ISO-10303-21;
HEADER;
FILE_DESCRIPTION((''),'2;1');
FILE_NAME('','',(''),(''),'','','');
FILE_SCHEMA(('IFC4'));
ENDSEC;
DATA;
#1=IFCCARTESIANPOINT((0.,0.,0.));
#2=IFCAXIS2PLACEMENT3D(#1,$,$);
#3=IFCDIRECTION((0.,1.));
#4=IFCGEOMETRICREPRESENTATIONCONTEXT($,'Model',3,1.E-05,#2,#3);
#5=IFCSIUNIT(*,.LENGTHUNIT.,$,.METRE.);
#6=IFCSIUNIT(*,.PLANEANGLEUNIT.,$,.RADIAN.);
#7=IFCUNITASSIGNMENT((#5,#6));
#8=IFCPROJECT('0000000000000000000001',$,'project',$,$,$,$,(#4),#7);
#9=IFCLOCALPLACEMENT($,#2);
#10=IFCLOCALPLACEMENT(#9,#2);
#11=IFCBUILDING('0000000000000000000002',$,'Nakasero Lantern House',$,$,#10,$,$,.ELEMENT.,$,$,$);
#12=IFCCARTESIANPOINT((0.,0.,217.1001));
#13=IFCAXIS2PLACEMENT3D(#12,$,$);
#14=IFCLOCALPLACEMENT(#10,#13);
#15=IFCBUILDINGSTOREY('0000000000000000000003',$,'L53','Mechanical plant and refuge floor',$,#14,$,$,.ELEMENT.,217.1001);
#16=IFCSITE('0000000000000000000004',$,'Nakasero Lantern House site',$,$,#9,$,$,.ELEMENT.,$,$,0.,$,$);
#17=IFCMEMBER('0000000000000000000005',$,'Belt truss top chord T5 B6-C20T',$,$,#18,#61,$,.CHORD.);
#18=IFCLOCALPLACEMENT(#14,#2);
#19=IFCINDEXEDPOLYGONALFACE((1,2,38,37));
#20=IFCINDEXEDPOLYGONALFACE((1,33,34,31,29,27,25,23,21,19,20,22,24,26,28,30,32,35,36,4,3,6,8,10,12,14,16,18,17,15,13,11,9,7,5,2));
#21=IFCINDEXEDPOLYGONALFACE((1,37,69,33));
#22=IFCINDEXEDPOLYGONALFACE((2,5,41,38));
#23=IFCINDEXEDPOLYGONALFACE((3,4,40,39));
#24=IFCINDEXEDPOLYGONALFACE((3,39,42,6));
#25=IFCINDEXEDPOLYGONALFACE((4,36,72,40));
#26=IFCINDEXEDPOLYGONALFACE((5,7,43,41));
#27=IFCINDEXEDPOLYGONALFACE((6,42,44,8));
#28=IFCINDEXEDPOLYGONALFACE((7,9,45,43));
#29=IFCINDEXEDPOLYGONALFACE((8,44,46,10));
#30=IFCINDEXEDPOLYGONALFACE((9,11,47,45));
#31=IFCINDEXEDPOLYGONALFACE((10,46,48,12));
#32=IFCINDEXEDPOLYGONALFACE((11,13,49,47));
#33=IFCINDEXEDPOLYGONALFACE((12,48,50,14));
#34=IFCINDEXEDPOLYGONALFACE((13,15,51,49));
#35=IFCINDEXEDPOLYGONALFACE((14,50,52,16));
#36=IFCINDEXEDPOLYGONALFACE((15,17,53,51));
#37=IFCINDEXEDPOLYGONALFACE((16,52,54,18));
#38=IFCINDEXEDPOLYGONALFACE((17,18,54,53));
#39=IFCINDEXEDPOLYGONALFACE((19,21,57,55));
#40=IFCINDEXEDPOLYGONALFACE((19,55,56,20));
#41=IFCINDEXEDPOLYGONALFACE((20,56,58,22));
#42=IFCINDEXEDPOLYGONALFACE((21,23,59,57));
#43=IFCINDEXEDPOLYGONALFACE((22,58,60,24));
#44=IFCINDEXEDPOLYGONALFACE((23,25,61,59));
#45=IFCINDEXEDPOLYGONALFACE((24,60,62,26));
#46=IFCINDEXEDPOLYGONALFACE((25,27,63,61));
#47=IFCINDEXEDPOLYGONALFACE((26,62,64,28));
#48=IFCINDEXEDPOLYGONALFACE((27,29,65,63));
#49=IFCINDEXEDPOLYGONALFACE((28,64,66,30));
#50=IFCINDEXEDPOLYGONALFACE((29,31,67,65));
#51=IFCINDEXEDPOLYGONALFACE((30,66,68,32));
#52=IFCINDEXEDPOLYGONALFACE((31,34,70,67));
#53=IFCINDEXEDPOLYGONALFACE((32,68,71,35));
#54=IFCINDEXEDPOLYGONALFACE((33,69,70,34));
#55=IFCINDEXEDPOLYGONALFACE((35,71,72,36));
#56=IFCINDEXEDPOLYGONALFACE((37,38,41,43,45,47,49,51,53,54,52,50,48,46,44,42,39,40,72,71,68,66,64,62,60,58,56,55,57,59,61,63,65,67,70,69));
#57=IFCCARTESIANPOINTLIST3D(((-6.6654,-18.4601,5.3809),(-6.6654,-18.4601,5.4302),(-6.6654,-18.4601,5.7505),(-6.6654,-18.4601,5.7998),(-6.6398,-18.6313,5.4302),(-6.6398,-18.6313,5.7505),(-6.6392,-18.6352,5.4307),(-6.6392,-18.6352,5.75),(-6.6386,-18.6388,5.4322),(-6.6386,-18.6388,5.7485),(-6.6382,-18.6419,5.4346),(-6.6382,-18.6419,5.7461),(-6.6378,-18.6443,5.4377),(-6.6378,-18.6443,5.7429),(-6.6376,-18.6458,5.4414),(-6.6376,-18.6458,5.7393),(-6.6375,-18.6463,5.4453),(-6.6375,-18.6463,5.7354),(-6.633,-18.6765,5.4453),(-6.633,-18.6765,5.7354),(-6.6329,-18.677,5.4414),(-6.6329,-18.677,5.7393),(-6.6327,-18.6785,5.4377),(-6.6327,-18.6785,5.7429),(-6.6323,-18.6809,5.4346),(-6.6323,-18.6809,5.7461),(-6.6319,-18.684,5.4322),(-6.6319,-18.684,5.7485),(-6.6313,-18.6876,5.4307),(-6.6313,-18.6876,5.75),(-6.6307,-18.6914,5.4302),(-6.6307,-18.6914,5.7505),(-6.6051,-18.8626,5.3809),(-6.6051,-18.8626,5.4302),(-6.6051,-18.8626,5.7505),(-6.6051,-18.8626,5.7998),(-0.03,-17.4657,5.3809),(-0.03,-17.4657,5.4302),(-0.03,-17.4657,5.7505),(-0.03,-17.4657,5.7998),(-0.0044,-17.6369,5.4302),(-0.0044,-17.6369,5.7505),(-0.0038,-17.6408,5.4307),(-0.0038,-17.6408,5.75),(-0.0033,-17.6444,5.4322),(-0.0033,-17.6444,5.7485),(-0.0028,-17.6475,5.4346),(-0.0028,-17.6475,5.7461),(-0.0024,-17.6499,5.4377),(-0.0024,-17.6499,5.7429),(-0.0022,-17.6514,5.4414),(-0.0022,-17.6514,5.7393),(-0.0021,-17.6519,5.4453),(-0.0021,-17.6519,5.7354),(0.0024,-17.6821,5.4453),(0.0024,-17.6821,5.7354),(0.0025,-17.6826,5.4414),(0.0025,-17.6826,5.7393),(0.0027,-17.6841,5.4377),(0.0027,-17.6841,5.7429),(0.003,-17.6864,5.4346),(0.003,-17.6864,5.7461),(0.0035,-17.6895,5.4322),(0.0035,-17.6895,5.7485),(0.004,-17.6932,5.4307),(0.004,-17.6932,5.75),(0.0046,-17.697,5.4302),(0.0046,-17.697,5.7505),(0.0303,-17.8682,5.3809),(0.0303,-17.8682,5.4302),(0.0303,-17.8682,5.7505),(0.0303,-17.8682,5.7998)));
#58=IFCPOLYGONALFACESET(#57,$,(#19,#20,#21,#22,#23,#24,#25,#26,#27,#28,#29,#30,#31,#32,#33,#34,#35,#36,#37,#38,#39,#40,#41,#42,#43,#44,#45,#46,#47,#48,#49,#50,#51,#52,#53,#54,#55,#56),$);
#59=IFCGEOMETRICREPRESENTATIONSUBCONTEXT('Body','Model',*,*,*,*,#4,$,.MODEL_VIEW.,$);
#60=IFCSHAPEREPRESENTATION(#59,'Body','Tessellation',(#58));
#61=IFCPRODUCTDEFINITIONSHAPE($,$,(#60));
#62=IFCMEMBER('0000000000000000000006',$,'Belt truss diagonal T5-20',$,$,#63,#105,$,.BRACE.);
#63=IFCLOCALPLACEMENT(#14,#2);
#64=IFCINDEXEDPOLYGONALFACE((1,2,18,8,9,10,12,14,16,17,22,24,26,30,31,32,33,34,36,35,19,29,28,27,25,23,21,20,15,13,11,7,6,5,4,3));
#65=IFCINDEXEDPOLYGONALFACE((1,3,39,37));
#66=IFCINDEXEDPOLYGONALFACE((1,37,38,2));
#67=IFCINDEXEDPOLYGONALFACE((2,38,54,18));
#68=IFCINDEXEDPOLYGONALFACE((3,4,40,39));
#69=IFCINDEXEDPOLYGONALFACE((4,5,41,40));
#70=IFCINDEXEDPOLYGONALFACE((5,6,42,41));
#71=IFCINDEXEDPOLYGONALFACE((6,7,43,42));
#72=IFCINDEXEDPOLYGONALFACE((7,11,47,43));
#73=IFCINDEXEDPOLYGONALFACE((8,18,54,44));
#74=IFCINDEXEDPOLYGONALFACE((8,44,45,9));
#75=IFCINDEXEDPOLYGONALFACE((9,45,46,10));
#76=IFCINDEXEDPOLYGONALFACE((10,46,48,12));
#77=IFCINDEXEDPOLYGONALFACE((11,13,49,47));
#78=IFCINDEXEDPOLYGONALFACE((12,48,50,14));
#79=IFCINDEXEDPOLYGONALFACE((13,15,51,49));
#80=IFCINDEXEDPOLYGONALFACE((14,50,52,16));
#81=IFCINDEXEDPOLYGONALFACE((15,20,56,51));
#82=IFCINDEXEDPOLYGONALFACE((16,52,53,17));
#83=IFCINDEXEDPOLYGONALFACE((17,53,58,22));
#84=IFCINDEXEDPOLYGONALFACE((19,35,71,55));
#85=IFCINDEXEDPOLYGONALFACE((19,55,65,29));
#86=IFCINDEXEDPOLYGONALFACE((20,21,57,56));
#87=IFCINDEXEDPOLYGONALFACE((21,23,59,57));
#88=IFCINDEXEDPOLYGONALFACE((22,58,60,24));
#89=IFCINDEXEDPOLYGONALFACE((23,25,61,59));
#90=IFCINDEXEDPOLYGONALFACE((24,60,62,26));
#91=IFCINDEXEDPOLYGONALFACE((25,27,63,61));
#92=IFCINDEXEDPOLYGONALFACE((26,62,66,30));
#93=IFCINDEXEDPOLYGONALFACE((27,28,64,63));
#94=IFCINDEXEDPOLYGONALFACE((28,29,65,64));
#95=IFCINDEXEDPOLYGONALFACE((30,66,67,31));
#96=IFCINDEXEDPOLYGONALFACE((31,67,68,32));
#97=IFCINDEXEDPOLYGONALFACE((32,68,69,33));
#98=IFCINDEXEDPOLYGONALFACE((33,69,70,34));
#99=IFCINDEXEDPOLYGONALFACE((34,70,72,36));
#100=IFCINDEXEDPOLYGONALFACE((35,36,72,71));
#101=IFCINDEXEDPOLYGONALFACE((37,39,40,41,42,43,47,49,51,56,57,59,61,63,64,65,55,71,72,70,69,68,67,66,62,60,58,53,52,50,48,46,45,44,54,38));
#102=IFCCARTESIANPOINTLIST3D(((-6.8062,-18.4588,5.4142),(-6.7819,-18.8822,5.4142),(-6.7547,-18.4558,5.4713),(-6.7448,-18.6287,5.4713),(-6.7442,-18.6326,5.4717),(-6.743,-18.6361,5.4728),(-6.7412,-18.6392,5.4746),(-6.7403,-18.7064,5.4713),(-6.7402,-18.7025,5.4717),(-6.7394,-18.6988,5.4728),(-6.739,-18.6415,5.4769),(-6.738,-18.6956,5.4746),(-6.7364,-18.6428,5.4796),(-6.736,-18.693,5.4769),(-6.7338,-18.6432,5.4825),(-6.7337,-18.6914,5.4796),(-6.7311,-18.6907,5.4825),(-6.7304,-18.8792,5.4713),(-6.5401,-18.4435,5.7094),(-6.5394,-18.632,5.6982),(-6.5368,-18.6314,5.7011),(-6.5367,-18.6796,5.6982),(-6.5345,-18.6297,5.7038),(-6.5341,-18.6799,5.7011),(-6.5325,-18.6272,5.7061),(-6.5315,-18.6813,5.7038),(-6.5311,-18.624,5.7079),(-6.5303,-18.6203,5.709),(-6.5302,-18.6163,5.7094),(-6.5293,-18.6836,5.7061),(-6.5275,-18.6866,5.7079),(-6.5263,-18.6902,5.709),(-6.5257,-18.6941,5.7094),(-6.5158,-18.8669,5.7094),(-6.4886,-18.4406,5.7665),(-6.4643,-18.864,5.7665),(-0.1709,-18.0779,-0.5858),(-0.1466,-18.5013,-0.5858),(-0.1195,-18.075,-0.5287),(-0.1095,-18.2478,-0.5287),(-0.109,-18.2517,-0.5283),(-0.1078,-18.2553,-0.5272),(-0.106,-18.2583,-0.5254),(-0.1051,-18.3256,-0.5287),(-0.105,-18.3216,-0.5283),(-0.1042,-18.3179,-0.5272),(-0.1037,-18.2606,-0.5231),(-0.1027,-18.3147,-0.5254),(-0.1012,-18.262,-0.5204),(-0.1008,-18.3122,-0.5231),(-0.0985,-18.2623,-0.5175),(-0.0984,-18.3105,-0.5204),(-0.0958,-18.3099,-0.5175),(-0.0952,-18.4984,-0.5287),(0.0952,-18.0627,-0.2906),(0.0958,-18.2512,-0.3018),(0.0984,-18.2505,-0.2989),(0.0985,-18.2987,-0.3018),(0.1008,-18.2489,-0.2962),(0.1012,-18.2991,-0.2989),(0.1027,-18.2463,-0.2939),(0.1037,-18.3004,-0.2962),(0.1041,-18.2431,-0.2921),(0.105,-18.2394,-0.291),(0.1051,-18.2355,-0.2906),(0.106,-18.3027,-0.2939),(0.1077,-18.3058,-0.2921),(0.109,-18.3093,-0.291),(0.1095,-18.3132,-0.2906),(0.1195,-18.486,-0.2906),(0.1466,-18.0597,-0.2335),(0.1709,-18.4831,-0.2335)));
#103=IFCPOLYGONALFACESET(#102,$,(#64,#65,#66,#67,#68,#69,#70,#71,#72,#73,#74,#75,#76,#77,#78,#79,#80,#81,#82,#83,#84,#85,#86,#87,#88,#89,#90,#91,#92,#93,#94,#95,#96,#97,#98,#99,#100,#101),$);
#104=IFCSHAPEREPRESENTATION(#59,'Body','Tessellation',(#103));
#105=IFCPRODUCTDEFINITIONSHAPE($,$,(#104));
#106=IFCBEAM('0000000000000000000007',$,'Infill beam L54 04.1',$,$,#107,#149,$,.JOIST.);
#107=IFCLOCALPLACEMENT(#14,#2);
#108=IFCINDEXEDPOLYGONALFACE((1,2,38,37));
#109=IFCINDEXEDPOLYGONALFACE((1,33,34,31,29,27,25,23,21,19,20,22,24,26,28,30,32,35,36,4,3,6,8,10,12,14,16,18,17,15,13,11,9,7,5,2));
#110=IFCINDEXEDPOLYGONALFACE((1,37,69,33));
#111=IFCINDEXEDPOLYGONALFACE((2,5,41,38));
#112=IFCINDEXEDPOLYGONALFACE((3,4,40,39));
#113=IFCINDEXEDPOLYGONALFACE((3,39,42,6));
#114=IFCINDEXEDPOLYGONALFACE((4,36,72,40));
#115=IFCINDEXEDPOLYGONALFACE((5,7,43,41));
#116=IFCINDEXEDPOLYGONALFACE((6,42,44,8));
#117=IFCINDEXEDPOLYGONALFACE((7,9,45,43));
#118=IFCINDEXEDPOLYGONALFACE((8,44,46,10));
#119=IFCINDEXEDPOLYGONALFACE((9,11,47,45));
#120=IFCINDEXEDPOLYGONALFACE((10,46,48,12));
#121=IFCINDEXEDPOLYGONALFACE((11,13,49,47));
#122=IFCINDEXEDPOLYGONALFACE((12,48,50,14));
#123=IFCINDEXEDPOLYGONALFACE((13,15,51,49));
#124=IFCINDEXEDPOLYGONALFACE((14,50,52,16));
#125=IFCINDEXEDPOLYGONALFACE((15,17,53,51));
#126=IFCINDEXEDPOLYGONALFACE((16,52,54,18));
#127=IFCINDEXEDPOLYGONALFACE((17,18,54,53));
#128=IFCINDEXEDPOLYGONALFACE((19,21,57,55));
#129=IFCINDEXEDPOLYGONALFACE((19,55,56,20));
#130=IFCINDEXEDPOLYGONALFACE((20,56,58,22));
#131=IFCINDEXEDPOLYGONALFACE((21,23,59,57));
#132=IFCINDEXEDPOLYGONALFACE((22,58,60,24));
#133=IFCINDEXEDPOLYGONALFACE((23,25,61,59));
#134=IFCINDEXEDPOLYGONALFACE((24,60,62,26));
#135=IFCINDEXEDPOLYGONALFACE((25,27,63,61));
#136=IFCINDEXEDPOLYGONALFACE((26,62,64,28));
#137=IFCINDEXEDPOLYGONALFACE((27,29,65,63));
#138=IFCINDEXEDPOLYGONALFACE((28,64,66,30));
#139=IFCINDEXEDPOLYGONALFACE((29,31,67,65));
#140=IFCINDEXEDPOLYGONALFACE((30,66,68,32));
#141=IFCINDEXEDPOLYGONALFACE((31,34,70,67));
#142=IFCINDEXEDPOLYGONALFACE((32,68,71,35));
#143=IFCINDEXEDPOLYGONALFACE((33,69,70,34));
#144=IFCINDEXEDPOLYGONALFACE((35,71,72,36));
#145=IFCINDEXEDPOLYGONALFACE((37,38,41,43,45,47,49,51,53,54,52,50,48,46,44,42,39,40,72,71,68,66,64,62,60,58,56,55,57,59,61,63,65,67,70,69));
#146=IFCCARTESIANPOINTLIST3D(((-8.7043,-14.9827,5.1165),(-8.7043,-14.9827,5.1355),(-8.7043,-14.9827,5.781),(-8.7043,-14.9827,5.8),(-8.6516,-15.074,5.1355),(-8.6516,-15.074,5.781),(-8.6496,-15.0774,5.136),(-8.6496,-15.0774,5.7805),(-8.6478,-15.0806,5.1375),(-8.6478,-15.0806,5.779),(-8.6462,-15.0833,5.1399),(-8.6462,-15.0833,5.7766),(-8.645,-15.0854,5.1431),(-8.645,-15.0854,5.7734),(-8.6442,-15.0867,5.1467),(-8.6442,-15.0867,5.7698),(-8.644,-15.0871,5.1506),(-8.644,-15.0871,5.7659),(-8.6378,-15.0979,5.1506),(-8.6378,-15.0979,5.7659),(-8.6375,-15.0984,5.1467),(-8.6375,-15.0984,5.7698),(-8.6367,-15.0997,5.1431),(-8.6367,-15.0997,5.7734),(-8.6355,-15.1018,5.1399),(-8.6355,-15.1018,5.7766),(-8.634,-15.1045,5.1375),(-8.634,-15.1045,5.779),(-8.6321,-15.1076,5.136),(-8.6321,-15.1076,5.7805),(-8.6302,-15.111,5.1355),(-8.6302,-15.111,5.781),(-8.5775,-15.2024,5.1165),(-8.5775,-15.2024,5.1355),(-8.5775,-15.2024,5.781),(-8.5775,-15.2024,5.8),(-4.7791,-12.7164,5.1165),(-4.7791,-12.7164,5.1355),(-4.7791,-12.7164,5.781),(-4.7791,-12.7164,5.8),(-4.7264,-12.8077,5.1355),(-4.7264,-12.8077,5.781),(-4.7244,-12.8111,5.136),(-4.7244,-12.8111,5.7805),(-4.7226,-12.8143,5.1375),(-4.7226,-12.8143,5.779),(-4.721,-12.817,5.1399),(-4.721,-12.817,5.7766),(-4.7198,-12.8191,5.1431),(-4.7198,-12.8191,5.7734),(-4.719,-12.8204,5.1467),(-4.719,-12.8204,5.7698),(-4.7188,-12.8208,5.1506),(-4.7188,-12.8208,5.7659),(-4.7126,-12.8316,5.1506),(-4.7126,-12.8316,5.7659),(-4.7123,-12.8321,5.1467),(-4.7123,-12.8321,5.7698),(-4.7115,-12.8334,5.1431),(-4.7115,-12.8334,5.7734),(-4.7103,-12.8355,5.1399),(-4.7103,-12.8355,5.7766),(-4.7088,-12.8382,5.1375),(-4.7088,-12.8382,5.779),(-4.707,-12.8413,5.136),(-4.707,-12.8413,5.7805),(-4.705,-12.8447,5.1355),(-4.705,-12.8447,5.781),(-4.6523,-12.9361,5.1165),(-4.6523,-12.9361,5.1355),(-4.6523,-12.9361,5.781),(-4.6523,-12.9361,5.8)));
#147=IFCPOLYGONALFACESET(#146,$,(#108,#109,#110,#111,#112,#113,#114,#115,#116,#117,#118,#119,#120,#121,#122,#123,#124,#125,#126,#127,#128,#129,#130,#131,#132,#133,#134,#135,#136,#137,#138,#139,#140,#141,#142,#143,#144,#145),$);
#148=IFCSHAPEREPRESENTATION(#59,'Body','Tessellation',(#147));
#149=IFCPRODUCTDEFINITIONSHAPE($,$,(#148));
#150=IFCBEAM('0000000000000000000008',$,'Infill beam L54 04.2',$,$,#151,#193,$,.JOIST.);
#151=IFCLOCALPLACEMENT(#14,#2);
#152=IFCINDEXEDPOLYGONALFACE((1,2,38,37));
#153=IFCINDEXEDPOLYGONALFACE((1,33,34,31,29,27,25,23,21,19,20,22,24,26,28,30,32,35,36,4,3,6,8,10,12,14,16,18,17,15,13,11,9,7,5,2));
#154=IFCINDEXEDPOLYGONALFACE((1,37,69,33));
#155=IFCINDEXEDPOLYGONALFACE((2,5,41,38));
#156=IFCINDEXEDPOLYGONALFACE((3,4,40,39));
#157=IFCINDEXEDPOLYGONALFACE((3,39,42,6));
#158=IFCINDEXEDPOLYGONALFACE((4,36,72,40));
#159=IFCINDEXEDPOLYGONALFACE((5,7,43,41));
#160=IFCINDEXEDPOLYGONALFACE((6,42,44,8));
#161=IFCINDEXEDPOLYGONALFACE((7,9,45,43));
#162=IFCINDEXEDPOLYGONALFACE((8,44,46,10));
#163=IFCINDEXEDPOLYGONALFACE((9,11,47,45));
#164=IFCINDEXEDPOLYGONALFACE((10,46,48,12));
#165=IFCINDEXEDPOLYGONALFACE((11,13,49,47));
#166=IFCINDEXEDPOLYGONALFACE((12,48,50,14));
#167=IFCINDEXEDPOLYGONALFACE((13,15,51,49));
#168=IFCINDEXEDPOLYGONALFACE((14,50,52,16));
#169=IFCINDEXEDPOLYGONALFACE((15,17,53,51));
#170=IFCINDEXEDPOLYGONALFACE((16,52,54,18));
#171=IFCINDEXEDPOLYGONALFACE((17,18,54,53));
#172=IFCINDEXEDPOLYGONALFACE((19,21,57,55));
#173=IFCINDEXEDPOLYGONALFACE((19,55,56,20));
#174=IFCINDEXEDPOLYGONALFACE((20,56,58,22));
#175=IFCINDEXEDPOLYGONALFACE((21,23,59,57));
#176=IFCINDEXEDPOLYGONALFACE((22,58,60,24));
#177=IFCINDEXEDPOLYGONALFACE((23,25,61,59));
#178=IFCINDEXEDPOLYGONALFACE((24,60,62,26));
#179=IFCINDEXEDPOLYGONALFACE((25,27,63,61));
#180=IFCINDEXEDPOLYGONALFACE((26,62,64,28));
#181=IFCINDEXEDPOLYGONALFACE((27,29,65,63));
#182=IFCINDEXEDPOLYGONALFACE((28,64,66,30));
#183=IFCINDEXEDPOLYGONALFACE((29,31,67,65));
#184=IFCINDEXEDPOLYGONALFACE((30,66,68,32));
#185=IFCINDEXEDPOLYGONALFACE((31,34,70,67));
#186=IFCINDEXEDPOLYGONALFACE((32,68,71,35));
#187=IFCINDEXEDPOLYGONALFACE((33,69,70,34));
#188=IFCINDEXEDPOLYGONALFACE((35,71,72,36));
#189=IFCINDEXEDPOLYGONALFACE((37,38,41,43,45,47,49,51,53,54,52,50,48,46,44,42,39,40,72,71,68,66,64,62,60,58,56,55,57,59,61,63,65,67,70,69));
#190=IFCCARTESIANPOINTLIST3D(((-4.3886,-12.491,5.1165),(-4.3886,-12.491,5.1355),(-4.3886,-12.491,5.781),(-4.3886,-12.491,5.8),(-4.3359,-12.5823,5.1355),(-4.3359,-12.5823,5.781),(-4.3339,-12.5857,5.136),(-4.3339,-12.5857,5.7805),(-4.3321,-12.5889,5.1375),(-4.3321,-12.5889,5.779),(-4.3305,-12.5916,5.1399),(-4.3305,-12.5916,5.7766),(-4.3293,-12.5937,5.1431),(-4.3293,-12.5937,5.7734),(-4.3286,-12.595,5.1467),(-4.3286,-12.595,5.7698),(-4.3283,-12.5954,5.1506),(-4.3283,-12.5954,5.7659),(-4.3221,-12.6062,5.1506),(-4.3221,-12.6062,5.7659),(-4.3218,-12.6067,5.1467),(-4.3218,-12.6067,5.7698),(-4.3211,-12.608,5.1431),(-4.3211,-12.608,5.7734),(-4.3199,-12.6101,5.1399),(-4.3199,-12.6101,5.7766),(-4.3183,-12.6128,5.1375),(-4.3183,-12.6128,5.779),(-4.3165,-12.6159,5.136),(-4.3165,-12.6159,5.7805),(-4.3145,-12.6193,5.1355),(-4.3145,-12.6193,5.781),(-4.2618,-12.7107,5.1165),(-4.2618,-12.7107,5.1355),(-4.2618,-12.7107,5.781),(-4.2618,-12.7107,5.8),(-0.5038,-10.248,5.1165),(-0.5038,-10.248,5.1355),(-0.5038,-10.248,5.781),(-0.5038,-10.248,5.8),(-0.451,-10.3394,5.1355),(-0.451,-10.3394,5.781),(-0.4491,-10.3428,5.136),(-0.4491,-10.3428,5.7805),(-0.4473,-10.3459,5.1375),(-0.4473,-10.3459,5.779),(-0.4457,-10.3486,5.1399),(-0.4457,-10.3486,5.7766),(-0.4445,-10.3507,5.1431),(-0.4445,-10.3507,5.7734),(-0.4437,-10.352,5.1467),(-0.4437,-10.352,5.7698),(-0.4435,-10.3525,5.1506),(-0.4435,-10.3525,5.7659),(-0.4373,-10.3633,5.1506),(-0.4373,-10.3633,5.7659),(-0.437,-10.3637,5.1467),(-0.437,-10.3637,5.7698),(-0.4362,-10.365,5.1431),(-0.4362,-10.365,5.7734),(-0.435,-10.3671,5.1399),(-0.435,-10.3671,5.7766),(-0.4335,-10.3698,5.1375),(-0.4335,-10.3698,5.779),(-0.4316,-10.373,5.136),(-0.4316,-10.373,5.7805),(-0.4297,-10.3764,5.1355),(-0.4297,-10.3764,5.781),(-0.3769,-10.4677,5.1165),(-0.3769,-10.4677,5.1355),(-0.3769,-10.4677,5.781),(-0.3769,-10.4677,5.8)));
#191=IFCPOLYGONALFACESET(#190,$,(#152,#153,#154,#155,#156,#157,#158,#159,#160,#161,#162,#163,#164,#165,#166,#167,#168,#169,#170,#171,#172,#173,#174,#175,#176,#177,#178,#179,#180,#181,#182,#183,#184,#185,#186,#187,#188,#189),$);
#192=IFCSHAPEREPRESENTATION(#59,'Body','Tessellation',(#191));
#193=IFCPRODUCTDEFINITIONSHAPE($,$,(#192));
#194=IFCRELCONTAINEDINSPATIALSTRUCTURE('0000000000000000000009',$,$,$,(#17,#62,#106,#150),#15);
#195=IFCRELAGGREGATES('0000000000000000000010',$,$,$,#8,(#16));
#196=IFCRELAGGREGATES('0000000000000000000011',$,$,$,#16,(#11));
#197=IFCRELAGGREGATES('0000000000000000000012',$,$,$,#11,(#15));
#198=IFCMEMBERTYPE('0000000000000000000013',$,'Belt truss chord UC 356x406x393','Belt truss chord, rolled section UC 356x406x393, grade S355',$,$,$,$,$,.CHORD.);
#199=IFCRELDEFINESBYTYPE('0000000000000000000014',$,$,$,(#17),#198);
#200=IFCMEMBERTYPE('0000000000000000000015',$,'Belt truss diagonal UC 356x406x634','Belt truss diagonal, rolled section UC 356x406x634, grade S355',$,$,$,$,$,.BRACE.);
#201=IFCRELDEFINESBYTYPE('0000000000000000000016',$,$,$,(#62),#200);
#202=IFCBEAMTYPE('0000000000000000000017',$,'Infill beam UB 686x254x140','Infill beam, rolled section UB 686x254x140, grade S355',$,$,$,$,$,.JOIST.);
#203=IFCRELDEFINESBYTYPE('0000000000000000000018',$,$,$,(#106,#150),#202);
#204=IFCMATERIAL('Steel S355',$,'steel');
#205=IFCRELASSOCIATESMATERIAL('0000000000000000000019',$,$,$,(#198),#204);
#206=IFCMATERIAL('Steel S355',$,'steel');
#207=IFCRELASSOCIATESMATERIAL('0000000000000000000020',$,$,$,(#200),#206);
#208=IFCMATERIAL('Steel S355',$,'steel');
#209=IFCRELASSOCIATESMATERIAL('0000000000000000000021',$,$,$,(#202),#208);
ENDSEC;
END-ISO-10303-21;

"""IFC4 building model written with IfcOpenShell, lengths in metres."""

from ifc_helpers import new_model, si_unit, direction, frame, origin, origin_2d, place, context, subcontext, project, spatial, i_section, extrude, material, material_profile, profile_set, type_object, element, save


model = new_model("IFC4")

# Units and contexts
model_context = context("Model", 3, precision=1e-05, world=origin(), true_north=direction((0.0, 1.0)))
body_context = subcontext(model_context, "Body", "Model", "MODEL_VIEW")
ifc_project = project(units=[si_unit("LENGTHUNIT", "METRE"), si_unit("PLANEANGLEUNIT", "RADIAN")], contexts=[model_context])

# Site, building, storey
site_placement = place(None, origin())
site = spatial("IfcSite", under=ifc_project, at=site_placement, Name="Nakasero Lantern House site", CompositionType="ELEMENT", RefElevation=0.0)
building_placement = place(site_placement, origin())
building = spatial("IfcBuilding", under=site, at=building_placement, Name="Nakasero Lantern House", CompositionType="ELEMENT")
storey_placement = place(building_placement, frame((0.0, 0.0, 217.1001)))
storey = spatial("IfcBuildingStorey", under=building, at=storey_placement, Name="L53", Description="Mechanical plant and refuge floor", CompositionType="ELEMENT", Elevation=217.1001)

# Members
ifc_material_1 = material(Name="Steel S355", Category="steel")
ifc_material_profile_1 = material_profile(ifc_material_1, i_section(OverallWidth=0.407, OverallDepth=0.4189, WebThickness=0.0305, FlangeThickness=0.0493, FilletRadius=0.0151, at=origin_2d()), Name="UC 356x406x393")
ifc_profile_set_1 = profile_set([ifc_material_profile_1], Name="Steel S355")
member_type_1 = type_object("IfcMemberType", Name="Belt truss chord UC 356x406x393", Description="Belt truss chord, rolled section UC 356x406x393, grade S355", PredefinedType="CHORD", material=ifc_profile_set_1)
member_1_placement = place(storey_placement, frame((-6.6353, -18.6614, 5.5903), z_axis=(0.988956, 0.148209, 0.0), x_axis=(-0.148209, 0.988956, 0.0)))
element("IfcMember", 1, at=member_1_placement, inside=storey, type_object=member_type_1, Name="Belt truss top chord T5 B6-C20T", PredefinedType="CHORD", context=body_context, shape_type="SweptSolid", body=[
    extrude(i_section(OverallWidth=0.407, OverallDepth=0.4189, WebThickness=0.0305, FlangeThickness=0.0493, FilletRadius=0.0151, at=origin_2d()), origin(), (0.0, 0.0, 1.0), 6.7095),
])
ifc_material_2 = material(Name="Steel S355", Category="steel")
ifc_material_profile_2 = material_profile(ifc_material_2, i_section(OverallWidth=0.4241, OverallDepth=0.4746, WebThickness=0.0476, FlangeThickness=0.0769, FilletRadius=0.0151, at=origin_2d()), Name="UC 356x406x634")
ifc_profile_set_2 = profile_set([ifc_material_profile_2], Name="Steel S355")
member_type_2 = type_object("IfcMemberType", Name="Belt truss diagonal UC 356x406x634", Description="Belt truss diagonal, rolled section UC 356x406x634, grade S355", PredefinedType="BRACE", material=ifc_profile_set_2)
member_2_placement = place(storey_placement, frame((-6.6353, -18.6614, 5.5903), z_axis=(0.741049, 0.042536, -0.670102), x_axis=(-0.057305, 0.998357, 0.0)))
element("IfcMember", 2, at=member_2_placement, inside=storey, type_object=member_type_2, Name="Belt truss diagonal T5-20", PredefinedType="BRACE", context=body_context, shape_type="SweptSolid", body=[
    extrude(i_section(OverallWidth=0.4241, OverallDepth=0.4746, WebThickness=0.0476, FlangeThickness=0.0769, FilletRadius=0.0151, at=origin_2d()), origin(), (0.0, 0.0, 1.0), 8.9539),
])

# Beams
ifc_material_3 = material(Name="Steel S355", Category="steel")
ifc_material_profile_3 = material_profile(ifc_material_3, i_section(OverallWidth=0.2537, OverallDepth=0.6836, WebThickness=0.0125, FlangeThickness=0.019, FilletRadius=0.0151, at=origin_2d()), Name="UB 686x254x140")
ifc_profile_set_3 = profile_set([ifc_material_profile_3], Name="Steel S355")
beam_type_1 = type_object("IfcBeamType", Name="Infill beam UB 686x254x140", Description="Infill beam, rolled section UB 686x254x140, grade S355", PredefinedType="JOIST", material=ifc_profile_set_3)
beam_1_placement = place(storey_placement, frame((-8.6409, -15.0925, 5.4583), z_axis=(0.866017, 0.500015, 0.0), x_axis=(-0.500015, 0.866017, 0.0)))
element("IfcBeam", 3, at=beam_1_placement, inside=storey, type_object=beam_type_1, Name="Infill beam L54 04.1", PredefinedType="JOIST", context=body_context, shape_type="SweptSolid", body=[
    extrude(i_section(OverallWidth=0.2537, OverallDepth=0.6836, WebThickness=0.0125, FlangeThickness=0.019, FilletRadius=0.0151, at=origin_2d()), origin(), (0.0, 0.0, 1.0), 4.5325),
])
beam_2_placement = place(storey_placement, frame((-4.3252, -12.6008, 5.4583), z_axis=(0.866021, 0.500008, 0.0), x_axis=(-0.500008, 0.866021, 0.0)))
element("IfcBeam", 4, at=beam_2_placement, inside=storey, type_object=beam_type_1, Name="Infill beam L54 04.2", PredefinedType="JOIST", context=body_context, shape_type="SweptSolid", body=[
    extrude(i_section(OverallWidth=0.2537, OverallDepth=0.6836, WebThickness=0.0125, FlangeThickness=0.019, FilletRadius=0.0151, at=origin_2d()), origin(), (0.0, 0.0, 1.0), 4.4858),
])

save(model, "model.ifc")
